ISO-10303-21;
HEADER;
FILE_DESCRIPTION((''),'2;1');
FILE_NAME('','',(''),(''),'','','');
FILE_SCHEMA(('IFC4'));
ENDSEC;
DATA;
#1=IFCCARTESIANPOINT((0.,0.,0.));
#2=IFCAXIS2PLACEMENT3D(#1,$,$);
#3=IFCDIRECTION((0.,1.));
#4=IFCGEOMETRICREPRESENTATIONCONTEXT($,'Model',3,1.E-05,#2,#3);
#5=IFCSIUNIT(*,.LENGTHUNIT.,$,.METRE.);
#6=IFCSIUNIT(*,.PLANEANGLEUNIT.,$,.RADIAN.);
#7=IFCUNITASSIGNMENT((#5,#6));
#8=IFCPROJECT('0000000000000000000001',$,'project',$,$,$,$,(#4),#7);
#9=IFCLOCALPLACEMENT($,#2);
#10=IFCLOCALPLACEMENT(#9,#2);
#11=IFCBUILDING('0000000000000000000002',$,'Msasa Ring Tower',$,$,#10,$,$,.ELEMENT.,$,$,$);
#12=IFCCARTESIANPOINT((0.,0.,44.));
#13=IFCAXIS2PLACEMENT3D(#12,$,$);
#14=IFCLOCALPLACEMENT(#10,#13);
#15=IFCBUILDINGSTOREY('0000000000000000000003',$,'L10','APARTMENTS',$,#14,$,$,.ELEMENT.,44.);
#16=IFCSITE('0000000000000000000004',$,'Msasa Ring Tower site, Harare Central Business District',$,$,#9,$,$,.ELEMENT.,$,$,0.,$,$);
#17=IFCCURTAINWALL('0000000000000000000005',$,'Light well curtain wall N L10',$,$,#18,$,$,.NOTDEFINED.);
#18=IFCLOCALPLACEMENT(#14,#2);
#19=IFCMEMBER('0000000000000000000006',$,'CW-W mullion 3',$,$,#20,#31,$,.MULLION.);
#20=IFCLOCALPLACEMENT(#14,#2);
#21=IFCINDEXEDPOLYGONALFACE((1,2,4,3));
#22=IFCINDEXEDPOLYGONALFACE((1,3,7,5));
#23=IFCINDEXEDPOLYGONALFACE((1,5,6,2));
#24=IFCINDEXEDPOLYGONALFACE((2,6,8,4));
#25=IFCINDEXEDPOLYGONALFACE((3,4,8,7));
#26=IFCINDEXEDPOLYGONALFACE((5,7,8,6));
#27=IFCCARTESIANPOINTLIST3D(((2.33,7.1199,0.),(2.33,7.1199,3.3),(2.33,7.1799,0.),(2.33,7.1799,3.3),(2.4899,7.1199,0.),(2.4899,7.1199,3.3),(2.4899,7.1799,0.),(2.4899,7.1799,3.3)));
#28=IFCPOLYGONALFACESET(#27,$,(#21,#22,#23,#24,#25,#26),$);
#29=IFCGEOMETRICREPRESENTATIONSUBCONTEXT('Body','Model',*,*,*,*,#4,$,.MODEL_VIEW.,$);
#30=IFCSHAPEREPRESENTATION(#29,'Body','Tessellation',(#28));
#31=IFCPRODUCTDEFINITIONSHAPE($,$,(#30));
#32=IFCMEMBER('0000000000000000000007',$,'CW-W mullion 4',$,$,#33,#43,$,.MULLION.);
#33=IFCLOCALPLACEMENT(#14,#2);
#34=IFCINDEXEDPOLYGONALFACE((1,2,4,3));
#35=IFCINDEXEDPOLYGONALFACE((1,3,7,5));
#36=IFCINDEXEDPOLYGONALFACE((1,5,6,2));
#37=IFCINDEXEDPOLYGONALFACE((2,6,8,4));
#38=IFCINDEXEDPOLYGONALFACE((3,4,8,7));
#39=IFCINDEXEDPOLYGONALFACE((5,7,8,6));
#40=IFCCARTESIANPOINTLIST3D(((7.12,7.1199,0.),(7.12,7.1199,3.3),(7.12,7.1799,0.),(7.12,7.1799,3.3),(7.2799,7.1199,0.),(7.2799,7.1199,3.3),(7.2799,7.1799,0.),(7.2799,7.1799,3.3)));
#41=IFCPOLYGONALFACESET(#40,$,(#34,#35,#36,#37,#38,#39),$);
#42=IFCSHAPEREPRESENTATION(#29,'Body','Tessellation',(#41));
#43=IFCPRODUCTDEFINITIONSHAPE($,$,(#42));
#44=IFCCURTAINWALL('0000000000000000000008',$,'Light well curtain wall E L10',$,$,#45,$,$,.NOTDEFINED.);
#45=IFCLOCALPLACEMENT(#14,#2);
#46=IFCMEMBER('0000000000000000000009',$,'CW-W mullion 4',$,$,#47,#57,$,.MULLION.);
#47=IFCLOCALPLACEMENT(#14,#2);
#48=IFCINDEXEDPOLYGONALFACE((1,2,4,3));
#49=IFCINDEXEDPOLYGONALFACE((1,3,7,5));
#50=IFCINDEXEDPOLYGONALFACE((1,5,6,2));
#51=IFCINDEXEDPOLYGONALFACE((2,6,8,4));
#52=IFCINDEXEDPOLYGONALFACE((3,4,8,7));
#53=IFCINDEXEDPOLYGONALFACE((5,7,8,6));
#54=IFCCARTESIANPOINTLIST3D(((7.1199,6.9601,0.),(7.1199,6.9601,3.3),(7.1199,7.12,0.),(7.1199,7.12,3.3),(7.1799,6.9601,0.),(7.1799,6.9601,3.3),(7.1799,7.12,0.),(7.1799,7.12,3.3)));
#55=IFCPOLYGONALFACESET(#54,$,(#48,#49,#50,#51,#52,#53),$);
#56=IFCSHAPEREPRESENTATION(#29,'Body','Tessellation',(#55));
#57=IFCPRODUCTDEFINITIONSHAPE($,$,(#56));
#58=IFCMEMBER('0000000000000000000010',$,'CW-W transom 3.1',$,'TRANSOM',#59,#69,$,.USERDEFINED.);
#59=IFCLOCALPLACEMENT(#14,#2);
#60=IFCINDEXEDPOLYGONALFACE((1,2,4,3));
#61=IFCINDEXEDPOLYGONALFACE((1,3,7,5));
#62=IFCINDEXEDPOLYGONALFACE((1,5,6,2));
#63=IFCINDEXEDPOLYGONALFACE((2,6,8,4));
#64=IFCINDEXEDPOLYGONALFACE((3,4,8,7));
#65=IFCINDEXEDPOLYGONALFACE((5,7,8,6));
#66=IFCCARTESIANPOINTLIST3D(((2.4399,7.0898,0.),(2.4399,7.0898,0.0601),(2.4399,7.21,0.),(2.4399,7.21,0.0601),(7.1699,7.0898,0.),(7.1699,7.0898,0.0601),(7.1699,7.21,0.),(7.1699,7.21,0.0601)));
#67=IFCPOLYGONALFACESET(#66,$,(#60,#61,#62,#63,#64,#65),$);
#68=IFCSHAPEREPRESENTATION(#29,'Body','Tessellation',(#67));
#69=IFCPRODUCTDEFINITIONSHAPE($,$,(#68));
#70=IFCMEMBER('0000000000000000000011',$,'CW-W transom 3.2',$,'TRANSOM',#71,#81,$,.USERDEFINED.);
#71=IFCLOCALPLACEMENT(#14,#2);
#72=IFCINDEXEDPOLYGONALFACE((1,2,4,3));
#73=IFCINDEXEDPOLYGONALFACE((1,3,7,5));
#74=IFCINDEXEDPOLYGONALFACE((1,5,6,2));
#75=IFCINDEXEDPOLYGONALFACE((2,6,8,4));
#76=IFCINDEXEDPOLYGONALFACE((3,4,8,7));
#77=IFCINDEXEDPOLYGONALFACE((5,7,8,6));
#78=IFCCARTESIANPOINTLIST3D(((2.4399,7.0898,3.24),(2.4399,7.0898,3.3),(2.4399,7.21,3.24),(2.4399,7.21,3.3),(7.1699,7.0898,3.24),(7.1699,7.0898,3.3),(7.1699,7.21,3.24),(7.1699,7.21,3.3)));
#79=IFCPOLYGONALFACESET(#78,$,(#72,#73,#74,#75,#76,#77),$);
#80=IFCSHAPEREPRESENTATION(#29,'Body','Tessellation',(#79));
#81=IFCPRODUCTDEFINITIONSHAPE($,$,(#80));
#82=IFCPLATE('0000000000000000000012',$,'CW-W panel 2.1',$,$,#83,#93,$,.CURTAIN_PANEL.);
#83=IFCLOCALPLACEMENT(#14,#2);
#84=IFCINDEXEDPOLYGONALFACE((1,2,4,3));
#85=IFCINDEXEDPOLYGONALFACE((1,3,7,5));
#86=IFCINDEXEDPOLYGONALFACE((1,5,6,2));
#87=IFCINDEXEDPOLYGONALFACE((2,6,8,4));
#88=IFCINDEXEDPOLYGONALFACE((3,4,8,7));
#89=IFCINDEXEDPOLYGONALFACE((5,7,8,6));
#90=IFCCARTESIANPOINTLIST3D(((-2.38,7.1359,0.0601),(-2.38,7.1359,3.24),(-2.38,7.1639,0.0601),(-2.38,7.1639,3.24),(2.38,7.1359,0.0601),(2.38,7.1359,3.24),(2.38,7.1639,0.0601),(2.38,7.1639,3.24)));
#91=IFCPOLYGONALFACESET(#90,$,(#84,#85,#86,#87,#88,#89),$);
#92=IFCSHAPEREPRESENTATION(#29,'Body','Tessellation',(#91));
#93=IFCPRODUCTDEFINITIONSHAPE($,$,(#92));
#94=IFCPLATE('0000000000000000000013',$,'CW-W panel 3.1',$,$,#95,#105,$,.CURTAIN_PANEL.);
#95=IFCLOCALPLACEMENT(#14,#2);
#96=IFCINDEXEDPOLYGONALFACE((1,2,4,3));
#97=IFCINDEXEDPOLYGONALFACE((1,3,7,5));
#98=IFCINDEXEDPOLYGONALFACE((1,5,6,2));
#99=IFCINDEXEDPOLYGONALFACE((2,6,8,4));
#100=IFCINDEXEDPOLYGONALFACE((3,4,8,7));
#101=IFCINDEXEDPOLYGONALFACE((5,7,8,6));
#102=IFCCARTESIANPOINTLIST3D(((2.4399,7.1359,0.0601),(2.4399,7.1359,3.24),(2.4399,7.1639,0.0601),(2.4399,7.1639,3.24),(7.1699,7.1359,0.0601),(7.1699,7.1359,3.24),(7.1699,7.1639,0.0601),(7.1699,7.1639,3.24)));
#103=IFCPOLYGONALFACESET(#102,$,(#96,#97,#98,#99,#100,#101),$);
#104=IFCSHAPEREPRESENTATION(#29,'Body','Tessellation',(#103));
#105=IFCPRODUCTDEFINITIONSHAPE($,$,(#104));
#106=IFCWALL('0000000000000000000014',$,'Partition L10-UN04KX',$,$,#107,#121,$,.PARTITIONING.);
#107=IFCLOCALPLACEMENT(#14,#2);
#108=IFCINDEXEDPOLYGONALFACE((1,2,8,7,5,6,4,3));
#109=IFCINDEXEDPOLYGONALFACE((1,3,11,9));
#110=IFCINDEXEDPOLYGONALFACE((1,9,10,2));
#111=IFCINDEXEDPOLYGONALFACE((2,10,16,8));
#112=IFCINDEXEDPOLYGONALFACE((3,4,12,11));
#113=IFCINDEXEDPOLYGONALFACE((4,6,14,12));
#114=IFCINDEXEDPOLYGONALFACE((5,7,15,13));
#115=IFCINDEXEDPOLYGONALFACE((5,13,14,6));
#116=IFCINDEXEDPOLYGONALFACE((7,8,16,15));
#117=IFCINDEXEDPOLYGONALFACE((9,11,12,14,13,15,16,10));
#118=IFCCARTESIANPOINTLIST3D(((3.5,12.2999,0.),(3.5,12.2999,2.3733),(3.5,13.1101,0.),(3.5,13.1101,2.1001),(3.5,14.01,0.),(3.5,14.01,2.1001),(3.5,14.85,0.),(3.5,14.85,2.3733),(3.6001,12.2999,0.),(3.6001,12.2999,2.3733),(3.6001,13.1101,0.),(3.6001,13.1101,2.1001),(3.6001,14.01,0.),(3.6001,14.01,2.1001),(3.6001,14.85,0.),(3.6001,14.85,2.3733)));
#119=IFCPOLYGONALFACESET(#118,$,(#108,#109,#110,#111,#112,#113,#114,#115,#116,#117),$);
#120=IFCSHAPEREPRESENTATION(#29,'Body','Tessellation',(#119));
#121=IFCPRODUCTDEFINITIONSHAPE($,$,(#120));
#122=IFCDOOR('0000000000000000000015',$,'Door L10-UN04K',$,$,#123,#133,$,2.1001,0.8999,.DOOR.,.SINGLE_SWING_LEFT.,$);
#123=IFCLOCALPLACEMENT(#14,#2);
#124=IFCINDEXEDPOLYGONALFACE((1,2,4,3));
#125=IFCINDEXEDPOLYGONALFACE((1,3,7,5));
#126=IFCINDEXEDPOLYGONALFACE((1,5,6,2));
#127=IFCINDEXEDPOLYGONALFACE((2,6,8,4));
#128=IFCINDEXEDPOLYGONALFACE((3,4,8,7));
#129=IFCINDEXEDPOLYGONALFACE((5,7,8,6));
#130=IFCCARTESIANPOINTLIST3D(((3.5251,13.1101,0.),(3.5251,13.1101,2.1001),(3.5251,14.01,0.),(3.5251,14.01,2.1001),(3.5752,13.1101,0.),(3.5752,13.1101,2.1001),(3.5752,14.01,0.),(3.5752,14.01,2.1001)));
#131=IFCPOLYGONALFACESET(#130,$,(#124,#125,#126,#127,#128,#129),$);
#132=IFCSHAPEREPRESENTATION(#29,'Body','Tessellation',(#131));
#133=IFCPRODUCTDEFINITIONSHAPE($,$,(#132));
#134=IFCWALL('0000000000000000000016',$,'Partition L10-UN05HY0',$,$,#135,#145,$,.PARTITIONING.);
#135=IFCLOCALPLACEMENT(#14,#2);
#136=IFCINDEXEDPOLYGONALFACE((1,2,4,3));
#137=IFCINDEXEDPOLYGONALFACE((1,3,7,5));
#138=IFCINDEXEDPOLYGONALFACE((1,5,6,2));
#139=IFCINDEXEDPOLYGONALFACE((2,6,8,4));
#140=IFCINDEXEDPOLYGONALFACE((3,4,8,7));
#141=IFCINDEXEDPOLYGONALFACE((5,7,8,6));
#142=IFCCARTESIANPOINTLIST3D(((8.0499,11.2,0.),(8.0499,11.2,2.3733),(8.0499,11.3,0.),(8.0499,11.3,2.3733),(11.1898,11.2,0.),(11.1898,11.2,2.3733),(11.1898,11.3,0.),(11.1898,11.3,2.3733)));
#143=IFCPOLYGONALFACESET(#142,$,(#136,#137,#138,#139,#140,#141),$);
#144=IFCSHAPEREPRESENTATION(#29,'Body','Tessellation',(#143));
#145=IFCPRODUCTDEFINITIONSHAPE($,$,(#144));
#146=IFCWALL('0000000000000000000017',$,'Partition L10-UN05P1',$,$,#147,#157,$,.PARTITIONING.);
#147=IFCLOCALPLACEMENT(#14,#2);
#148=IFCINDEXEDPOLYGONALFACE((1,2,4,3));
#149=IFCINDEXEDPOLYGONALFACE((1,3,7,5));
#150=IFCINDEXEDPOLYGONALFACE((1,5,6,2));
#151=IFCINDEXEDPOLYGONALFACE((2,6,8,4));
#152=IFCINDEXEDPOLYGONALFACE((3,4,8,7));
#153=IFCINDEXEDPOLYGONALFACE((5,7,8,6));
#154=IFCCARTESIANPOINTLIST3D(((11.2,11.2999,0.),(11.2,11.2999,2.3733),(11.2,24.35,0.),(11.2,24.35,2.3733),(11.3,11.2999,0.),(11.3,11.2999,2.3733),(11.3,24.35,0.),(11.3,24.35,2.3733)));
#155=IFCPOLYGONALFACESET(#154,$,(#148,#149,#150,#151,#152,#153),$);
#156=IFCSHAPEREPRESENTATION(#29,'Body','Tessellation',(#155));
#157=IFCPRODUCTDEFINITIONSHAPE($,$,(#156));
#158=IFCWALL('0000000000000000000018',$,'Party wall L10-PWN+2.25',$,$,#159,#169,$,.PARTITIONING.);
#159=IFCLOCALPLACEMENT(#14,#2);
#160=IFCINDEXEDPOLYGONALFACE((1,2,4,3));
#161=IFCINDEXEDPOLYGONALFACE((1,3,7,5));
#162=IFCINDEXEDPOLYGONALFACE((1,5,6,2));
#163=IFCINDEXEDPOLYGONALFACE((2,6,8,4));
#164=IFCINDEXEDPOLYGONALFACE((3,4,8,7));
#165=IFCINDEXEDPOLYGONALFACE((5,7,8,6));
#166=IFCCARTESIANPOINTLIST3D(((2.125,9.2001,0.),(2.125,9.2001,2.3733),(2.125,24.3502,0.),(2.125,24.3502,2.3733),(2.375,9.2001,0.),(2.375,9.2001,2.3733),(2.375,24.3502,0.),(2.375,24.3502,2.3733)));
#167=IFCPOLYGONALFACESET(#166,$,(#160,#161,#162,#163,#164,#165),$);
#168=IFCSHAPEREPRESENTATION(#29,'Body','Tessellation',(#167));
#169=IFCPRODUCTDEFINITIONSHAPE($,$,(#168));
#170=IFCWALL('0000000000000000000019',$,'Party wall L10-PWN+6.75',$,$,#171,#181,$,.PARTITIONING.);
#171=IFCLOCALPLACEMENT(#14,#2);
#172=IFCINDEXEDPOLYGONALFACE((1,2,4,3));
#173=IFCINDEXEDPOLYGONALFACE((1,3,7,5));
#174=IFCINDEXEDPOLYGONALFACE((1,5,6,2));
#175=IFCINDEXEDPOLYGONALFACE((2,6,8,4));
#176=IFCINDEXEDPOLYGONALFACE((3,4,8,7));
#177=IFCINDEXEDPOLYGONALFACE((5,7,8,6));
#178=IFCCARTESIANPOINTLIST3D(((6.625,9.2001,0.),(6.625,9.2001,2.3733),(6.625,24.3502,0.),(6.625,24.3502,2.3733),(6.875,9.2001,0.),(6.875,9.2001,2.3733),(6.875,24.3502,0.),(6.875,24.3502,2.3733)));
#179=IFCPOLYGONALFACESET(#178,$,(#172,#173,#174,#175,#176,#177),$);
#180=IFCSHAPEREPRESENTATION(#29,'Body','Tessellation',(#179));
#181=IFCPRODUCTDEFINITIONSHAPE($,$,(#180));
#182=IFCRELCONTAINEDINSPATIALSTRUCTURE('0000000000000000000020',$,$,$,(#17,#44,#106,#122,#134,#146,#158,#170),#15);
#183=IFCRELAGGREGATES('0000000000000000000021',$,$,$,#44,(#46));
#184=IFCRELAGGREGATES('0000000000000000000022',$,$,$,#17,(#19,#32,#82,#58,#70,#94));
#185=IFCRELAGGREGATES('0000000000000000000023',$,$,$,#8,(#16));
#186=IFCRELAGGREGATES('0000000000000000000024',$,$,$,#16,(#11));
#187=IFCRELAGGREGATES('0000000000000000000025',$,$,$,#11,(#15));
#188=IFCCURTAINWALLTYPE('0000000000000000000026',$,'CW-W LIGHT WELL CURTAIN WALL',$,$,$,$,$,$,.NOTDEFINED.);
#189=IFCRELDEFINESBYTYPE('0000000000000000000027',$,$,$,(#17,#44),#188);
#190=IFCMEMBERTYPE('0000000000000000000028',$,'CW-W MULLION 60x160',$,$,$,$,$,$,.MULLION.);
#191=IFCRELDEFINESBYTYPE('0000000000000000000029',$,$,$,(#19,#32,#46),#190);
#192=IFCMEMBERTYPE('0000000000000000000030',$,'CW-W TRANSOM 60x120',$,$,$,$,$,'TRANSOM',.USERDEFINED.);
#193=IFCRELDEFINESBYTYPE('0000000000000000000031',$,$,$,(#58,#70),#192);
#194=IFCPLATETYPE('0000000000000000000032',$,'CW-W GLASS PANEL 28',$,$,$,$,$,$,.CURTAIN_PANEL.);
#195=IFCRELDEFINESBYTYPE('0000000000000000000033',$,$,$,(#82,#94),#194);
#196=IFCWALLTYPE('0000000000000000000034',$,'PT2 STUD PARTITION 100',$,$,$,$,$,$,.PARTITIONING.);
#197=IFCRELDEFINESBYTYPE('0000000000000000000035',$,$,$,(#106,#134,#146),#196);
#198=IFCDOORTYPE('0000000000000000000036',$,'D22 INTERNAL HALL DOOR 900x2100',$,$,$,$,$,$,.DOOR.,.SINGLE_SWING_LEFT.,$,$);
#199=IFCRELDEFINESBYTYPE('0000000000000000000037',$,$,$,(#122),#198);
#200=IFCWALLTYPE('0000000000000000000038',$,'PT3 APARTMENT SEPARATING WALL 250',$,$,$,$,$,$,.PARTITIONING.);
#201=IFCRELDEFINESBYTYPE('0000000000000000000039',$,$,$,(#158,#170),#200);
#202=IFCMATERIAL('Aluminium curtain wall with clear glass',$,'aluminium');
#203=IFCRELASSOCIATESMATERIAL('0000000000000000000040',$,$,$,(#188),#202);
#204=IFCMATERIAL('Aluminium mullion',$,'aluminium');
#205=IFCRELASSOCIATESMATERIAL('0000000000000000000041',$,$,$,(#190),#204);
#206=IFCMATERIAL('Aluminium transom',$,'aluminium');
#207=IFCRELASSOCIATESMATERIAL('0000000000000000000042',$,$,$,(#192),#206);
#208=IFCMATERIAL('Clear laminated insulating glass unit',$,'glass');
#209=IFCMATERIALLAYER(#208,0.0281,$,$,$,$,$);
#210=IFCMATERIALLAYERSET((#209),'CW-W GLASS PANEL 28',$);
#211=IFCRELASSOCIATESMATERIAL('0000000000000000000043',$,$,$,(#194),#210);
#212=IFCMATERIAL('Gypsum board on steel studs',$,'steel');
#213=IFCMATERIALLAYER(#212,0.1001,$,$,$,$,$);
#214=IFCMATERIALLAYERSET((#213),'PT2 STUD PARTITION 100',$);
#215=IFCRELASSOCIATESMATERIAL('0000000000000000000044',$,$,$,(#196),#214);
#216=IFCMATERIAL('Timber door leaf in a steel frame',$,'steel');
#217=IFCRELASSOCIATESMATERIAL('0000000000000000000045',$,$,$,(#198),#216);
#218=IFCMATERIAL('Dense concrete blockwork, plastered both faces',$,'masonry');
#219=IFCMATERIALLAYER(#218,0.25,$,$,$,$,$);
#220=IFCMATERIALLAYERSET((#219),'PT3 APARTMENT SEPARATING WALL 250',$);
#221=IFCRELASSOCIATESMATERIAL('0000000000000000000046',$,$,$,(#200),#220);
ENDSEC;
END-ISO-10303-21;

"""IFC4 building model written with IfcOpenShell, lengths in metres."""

from ifc_helpers import new_model, si_unit, direction, frame, frame_2d, origin, origin_2d, place, context, subcontext, project, spatial, rectangle, extrude, material, layer, layer_set, material_profile, profile_set, type_object, element, fill, aggregate, save


model = new_model("IFC4")

# Units and contexts
model_context = context("Model", 3, precision=1e-05, world=origin(), true_north=direction((0.0, 1.0)))
body_context = subcontext(model_context, "Body", "Model", "MODEL_VIEW")
ifc_project = project(units=[si_unit("LENGTHUNIT", "METRE"), si_unit("PLANEANGLEUNIT", "RADIAN")], contexts=[model_context])

# Site, building, storey
site_placement = place(None, origin())
site = spatial("IfcSite", under=ifc_project, at=site_placement, Name="Msasa Ring Tower site, Harare Central Business District", CompositionType="ELEMENT", RefElevation=0.0)
building_placement = place(site_placement, origin())
building = spatial("IfcBuilding", under=site, at=building_placement, Name="Msasa Ring Tower", CompositionType="ELEMENT")
storey_placement = place(building_placement, frame((0.0, 0.0, 44.0)))
storey = spatial("IfcBuildingStorey", under=building, at=storey_placement, Name="L10", Description="APARTMENTS", CompositionType="ELEMENT", Elevation=44.0)

# Curtain wall, members
ifc_material_1 = material(Name="Aluminium curtain wall with clear glass", Category="aluminium")
curtain_wall_type = type_object("IfcCurtainWallType", Name="CW-W LIGHT WELL CURTAIN WALL", PredefinedType="NOTDEFINED", material=ifc_material_1)
curtain_wall_1_placement = place(storey_placement, origin())
curtain_wall_1 = element("IfcCurtainWall", 1, at=curtain_wall_1_placement, inside=storey, type_object=curtain_wall_type, Name="Light well curtain wall N L10", PredefinedType="NOTDEFINED")
ifc_material_2 = material(Name="Aluminium mullion", Category="aluminium")
ifc_material_profile_1 = material_profile(ifc_material_2, rectangle(XDim=0.0601, YDim=0.1599, at=origin_2d()), Name="AL 60x160")
ifc_profile_set_1 = profile_set([ifc_material_profile_1], Name="Aluminium mullion")
member_type_1 = type_object("IfcMemberType", Name="CW-W MULLION 60x160", PredefinedType="MULLION", material=ifc_profile_set_1)
member_1_placement = place(storey_placement, frame((2.4099, 7.1499, 0.0), z_axis=(0.0, 0.0, 1.0), x_axis=(0.0, 1.0, 0.0)))
member_1 = element("IfcMember", 2, at=member_1_placement, type_object=member_type_1, Name="CW-W mullion 3", PredefinedType="MULLION", context=body_context, shape_type="SweptSolid", body=[
    extrude(rectangle(XDim=0.0601, YDim=0.1599, at=origin_2d()), origin(), (0.0, 0.0, 1.0), 3.3),
])
member_2_placement = place(storey_placement, frame((7.2, 7.1499, 0.0), z_axis=(0.0, 0.0, 1.0), x_axis=(0.0, 1.0, 0.0)))
member_2 = element("IfcMember", 3, at=member_2_placement, type_object=member_type_1, Name="CW-W mullion 4", PredefinedType="MULLION", context=body_context, shape_type="SweptSolid", body=[
    extrude(rectangle(XDim=0.0601, YDim=0.1599, at=origin_2d()), origin(), (0.0, 0.0, 1.0), 3.3),
])

# Curtain wall, member
curtain_wall_2_placement = place(storey_placement, origin())
curtain_wall_2 = element("IfcCurtainWall", 4, at=curtain_wall_2_placement, inside=storey, type_object=curtain_wall_type, Name="Light well curtain wall E L10", PredefinedType="NOTDEFINED")
member_3_placement = place(storey_placement, frame((7.1499, 7.04, 0.0), z_axis=(0.0, 0.0, 1.0), x_axis=(-1.0, 0.0, 0.0)))
member_3 = element("IfcMember", 5, at=member_3_placement, type_object=member_type_1, Name="CW-W mullion 4", PredefinedType="MULLION", context=body_context, shape_type="SweptSolid", body=[
    extrude(rectangle(XDim=0.0601, YDim=0.1599, at=origin_2d()), origin(), (0.0, 0.0, 1.0), 3.3),
])
aggregate(curtain_wall_2, [member_3])

# Members
ifc_material_3 = material(Name="Aluminium transom", Category="aluminium")
ifc_material_profile_2 = material_profile(ifc_material_3, rectangle(XDim=0.1201, YDim=0.0601, at=origin_2d()), Name="AL 60x120")
ifc_profile_set_2 = profile_set([ifc_material_profile_2], Name="Aluminium transom")
member_type_2 = type_object("IfcMemberType", Name="CW-W TRANSOM 60x120", ElementType="TRANSOM", PredefinedType="USERDEFINED", material=ifc_profile_set_2)
member_4_placement = place(storey_placement, frame((2.4399, 7.1499, 0.03), z_axis=(1.0, 0.0, 0.0), x_axis=(0.0, 1.0, 0.0)))
member_4 = element("IfcMember", 6, at=member_4_placement, type_object=member_type_2, Name="CW-W transom 3.1", ObjectType="TRANSOM", PredefinedType="USERDEFINED", context=body_context, shape_type="SweptSolid", body=[
    extrude(rectangle(XDim=0.1201, YDim=0.0601, at=origin_2d()), origin(), (0.0, 0.0, 1.0), 4.73),
])
member_5_placement = place(storey_placement, frame((2.4399, 7.1499, 3.27), z_axis=(1.0, 0.0, 0.0), x_axis=(0.0, 1.0, 0.0)))
member_5 = element("IfcMember", 7, at=member_5_placement, type_object=member_type_2, Name="CW-W transom 3.2", ObjectType="TRANSOM", PredefinedType="USERDEFINED", context=body_context, shape_type="SweptSolid", body=[
    extrude(rectangle(XDim=0.1201, YDim=0.0601, at=origin_2d()), origin(), (0.0, 0.0, 1.0), 4.73),
])

# Plates
ifc_material_4 = material(Name="Clear laminated insulating glass unit", Category="glass")
ifc_layer_1 = layer(ifc_material_4, 0.0281)
ifc_layer_set_1 = layer_set([ifc_layer_1], Name="CW-W GLASS PANEL 28")
plate_type = type_object("IfcPlateType", Name="CW-W GLASS PANEL 28", PredefinedType="CURTAIN_PANEL", material=ifc_layer_set_1)
plate_1_placement = place(storey_placement, frame((0.0, 7.1499, 0.0601), z_axis=(0.0, 0.0, 1.0), x_axis=(1.0, 0.0, 0.0)))
plate_1 = element("IfcPlate", 8, at=plate_1_placement, type_object=plate_type, Name="CW-W panel 2.1", PredefinedType="CURTAIN_PANEL", context=body_context, shape_type="SweptSolid", body=[
    extrude(rectangle(XDim=4.76, YDim=0.0281, at=origin_2d()), origin(), (0.0, 0.0, 1.0), 3.1799),
])
plate_2_placement = place(storey_placement, frame((4.8049, 7.1499, 0.0601), z_axis=(0.0, 0.0, 1.0), x_axis=(1.0, 0.0, 0.0)))
plate_2 = element("IfcPlate", 9, at=plate_2_placement, type_object=plate_type, Name="CW-W panel 3.1", PredefinedType="CURTAIN_PANEL", context=body_context, shape_type="SweptSolid", body=[
    extrude(rectangle(XDim=4.73, YDim=0.0281, at=origin_2d()), origin(), (0.0, 0.0, 1.0), 3.1799),
])
aggregate(curtain_wall_1, [member_1, member_2, plate_1, member_4, member_5, plate_2])

# Wall, opening, door
ifc_material_5 = material(Name="Gypsum board on steel studs", Category="steel")
ifc_layer_2 = layer(ifc_material_5, 0.1001)
ifc_layer_set_2 = layer_set([ifc_layer_2], Name="PT2 STUD PARTITION 100")
wall_type_1 = type_object("IfcWallType", Name="PT2 STUD PARTITION 100", PredefinedType="PARTITIONING", material=ifc_layer_set_2)
wall_1_placement = place(storey_placement, frame((3.55, 12.3, 0.0), z_axis=(0.0, 0.0, 1.0), x_axis=(0.0, 1.0, 0.0)))
wall_1 = element("IfcWall", 10, at=wall_1_placement, inside=storey, type_object=wall_type_1, Name="Partition L10-UN04KX", PredefinedType="PARTITIONING", context=body_context, shape_type="SweptSolid", body=[
    extrude(rectangle(XDim=2.55, YDim=0.1001, at=frame_2d((1.2749, 0.0))), origin(), (0.0, 0.0, 1.0), 2.3733),
])
opening_1_placement = place(wall_1_placement, frame((0.8101, 0.0, 0.0)))
opening_1 = element("IfcOpeningElement", 11, at=opening_1_placement, cuts=wall_1, PredefinedType="OPENING", context=body_context, shape_type="SweptSolid", body=[
    extrude(rectangle(XDim=0.8999, YDim=2.1001, at=frame_2d((0.45, 1.05))), frame((0.0, 0.0601, 0.0), z_axis=(0.0, -1.0, 0.0), x_axis=(1.0, 0.0, 0.0)), (0.0, 0.0, 1.0), 0.1201),
])
ifc_material_6 = material(Name="Timber door leaf in a steel frame", Category="steel")
door_type_1 = type_object("IfcDoorType", Name="D22 INTERNAL HALL DOOR 900x2100", OperationType="SINGLE_SWING_LEFT", PredefinedType="DOOR", material=ifc_material_6)
door_1_placement = place(opening_1_placement, origin())
door_1 = element("IfcDoor", 12, at=door_1_placement, inside=storey, type_object=door_type_1, Name="Door L10-UN04K", OperationType="SINGLE_SWING_LEFT", OverallHeight=2.1001, OverallWidth=0.8999, PredefinedType="DOOR", context=body_context, shape_type="SweptSolid", body=[
    extrude(rectangle(XDim=0.8999, YDim=2.1001, at=frame_2d((0.45, 1.05))), frame((0.0, 0.0249, 0.0), z_axis=(0.0, -1.0, 0.0), x_axis=(1.0, 0.0, 0.0)), (0.0, 0.0, 1.0), 0.05),
])
fill(opening_1, door_1)

# Walls
wall_2_placement = place(storey_placement, frame((8.05, 11.25, 0.0), z_axis=(0.0, 0.0, 1.0), x_axis=(1.0, 0.0, 0.0)))
element("IfcWall", 13, at=wall_2_placement, inside=storey, type_object=wall_type_1, Name="Partition L10-UN05HY0", PredefinedType="PARTITIONING", context=body_context, shape_type="SweptSolid", body=[
    extrude(rectangle(XDim=3.1399, YDim=0.1001, at=frame_2d((1.5698, 0.0))), origin(), (0.0, 0.0, 1.0), 2.3733),
])
wall_3_placement = place(storey_placement, frame((11.25, 11.3, 0.0), z_axis=(0.0, 0.0, 1.0), x_axis=(0.0, 1.0, 0.0)))
element("IfcWall", 14, at=wall_3_placement, inside=storey, type_object=wall_type_1, Name="Partition L10-UN05P1", PredefinedType="PARTITIONING", context=body_context, shape_type="SweptSolid", body=[
    extrude(rectangle(XDim=13.05, YDim=0.1001, at=frame_2d((6.5249, 0.0))), origin(), (0.0, 0.0, 1.0), 2.3733),
])
ifc_material_7 = material(Name="Dense concrete blockwork, plastered both faces", Category="masonry")
ifc_layer_3 = layer(ifc_material_7, 0.25)
ifc_layer_set_3 = layer_set([ifc_layer_3], Name="PT3 APARTMENT SEPARATING WALL 250")
wall_type_2 = type_object("IfcWallType", Name="PT3 APARTMENT SEPARATING WALL 250", PredefinedType="PARTITIONING", material=ifc_layer_set_3)
for number, where, z_axis, x_axis, name in (
    (15, (2.25, 9.2, 0.0), (0.0, 0.0, 1.0), (0.0, 1.0, 0.0), "Party wall L10-PWN+2.25"),
    (16, (6.75, 9.2, 0.0), (0.0, 0.0, 1.0), (0.0, 1.0, 0.0), "Party wall L10-PWN+6.75"),
):
    element("IfcWall", number, at=place(storey_placement, frame(where, z_axis=z_axis, x_axis=x_axis)), inside=storey, type_object=wall_type_2, Name=name, PredefinedType="PARTITIONING", context=body_context, shape_type="SweptSolid", body=[
        extrude(rectangle(XDim=15.1501, YDim=0.25, at=frame_2d((7.5752, 0.0))), origin(), (0.0, 0.0, 1.0), 2.3733),
    ])

save(model, "model.ifc")
